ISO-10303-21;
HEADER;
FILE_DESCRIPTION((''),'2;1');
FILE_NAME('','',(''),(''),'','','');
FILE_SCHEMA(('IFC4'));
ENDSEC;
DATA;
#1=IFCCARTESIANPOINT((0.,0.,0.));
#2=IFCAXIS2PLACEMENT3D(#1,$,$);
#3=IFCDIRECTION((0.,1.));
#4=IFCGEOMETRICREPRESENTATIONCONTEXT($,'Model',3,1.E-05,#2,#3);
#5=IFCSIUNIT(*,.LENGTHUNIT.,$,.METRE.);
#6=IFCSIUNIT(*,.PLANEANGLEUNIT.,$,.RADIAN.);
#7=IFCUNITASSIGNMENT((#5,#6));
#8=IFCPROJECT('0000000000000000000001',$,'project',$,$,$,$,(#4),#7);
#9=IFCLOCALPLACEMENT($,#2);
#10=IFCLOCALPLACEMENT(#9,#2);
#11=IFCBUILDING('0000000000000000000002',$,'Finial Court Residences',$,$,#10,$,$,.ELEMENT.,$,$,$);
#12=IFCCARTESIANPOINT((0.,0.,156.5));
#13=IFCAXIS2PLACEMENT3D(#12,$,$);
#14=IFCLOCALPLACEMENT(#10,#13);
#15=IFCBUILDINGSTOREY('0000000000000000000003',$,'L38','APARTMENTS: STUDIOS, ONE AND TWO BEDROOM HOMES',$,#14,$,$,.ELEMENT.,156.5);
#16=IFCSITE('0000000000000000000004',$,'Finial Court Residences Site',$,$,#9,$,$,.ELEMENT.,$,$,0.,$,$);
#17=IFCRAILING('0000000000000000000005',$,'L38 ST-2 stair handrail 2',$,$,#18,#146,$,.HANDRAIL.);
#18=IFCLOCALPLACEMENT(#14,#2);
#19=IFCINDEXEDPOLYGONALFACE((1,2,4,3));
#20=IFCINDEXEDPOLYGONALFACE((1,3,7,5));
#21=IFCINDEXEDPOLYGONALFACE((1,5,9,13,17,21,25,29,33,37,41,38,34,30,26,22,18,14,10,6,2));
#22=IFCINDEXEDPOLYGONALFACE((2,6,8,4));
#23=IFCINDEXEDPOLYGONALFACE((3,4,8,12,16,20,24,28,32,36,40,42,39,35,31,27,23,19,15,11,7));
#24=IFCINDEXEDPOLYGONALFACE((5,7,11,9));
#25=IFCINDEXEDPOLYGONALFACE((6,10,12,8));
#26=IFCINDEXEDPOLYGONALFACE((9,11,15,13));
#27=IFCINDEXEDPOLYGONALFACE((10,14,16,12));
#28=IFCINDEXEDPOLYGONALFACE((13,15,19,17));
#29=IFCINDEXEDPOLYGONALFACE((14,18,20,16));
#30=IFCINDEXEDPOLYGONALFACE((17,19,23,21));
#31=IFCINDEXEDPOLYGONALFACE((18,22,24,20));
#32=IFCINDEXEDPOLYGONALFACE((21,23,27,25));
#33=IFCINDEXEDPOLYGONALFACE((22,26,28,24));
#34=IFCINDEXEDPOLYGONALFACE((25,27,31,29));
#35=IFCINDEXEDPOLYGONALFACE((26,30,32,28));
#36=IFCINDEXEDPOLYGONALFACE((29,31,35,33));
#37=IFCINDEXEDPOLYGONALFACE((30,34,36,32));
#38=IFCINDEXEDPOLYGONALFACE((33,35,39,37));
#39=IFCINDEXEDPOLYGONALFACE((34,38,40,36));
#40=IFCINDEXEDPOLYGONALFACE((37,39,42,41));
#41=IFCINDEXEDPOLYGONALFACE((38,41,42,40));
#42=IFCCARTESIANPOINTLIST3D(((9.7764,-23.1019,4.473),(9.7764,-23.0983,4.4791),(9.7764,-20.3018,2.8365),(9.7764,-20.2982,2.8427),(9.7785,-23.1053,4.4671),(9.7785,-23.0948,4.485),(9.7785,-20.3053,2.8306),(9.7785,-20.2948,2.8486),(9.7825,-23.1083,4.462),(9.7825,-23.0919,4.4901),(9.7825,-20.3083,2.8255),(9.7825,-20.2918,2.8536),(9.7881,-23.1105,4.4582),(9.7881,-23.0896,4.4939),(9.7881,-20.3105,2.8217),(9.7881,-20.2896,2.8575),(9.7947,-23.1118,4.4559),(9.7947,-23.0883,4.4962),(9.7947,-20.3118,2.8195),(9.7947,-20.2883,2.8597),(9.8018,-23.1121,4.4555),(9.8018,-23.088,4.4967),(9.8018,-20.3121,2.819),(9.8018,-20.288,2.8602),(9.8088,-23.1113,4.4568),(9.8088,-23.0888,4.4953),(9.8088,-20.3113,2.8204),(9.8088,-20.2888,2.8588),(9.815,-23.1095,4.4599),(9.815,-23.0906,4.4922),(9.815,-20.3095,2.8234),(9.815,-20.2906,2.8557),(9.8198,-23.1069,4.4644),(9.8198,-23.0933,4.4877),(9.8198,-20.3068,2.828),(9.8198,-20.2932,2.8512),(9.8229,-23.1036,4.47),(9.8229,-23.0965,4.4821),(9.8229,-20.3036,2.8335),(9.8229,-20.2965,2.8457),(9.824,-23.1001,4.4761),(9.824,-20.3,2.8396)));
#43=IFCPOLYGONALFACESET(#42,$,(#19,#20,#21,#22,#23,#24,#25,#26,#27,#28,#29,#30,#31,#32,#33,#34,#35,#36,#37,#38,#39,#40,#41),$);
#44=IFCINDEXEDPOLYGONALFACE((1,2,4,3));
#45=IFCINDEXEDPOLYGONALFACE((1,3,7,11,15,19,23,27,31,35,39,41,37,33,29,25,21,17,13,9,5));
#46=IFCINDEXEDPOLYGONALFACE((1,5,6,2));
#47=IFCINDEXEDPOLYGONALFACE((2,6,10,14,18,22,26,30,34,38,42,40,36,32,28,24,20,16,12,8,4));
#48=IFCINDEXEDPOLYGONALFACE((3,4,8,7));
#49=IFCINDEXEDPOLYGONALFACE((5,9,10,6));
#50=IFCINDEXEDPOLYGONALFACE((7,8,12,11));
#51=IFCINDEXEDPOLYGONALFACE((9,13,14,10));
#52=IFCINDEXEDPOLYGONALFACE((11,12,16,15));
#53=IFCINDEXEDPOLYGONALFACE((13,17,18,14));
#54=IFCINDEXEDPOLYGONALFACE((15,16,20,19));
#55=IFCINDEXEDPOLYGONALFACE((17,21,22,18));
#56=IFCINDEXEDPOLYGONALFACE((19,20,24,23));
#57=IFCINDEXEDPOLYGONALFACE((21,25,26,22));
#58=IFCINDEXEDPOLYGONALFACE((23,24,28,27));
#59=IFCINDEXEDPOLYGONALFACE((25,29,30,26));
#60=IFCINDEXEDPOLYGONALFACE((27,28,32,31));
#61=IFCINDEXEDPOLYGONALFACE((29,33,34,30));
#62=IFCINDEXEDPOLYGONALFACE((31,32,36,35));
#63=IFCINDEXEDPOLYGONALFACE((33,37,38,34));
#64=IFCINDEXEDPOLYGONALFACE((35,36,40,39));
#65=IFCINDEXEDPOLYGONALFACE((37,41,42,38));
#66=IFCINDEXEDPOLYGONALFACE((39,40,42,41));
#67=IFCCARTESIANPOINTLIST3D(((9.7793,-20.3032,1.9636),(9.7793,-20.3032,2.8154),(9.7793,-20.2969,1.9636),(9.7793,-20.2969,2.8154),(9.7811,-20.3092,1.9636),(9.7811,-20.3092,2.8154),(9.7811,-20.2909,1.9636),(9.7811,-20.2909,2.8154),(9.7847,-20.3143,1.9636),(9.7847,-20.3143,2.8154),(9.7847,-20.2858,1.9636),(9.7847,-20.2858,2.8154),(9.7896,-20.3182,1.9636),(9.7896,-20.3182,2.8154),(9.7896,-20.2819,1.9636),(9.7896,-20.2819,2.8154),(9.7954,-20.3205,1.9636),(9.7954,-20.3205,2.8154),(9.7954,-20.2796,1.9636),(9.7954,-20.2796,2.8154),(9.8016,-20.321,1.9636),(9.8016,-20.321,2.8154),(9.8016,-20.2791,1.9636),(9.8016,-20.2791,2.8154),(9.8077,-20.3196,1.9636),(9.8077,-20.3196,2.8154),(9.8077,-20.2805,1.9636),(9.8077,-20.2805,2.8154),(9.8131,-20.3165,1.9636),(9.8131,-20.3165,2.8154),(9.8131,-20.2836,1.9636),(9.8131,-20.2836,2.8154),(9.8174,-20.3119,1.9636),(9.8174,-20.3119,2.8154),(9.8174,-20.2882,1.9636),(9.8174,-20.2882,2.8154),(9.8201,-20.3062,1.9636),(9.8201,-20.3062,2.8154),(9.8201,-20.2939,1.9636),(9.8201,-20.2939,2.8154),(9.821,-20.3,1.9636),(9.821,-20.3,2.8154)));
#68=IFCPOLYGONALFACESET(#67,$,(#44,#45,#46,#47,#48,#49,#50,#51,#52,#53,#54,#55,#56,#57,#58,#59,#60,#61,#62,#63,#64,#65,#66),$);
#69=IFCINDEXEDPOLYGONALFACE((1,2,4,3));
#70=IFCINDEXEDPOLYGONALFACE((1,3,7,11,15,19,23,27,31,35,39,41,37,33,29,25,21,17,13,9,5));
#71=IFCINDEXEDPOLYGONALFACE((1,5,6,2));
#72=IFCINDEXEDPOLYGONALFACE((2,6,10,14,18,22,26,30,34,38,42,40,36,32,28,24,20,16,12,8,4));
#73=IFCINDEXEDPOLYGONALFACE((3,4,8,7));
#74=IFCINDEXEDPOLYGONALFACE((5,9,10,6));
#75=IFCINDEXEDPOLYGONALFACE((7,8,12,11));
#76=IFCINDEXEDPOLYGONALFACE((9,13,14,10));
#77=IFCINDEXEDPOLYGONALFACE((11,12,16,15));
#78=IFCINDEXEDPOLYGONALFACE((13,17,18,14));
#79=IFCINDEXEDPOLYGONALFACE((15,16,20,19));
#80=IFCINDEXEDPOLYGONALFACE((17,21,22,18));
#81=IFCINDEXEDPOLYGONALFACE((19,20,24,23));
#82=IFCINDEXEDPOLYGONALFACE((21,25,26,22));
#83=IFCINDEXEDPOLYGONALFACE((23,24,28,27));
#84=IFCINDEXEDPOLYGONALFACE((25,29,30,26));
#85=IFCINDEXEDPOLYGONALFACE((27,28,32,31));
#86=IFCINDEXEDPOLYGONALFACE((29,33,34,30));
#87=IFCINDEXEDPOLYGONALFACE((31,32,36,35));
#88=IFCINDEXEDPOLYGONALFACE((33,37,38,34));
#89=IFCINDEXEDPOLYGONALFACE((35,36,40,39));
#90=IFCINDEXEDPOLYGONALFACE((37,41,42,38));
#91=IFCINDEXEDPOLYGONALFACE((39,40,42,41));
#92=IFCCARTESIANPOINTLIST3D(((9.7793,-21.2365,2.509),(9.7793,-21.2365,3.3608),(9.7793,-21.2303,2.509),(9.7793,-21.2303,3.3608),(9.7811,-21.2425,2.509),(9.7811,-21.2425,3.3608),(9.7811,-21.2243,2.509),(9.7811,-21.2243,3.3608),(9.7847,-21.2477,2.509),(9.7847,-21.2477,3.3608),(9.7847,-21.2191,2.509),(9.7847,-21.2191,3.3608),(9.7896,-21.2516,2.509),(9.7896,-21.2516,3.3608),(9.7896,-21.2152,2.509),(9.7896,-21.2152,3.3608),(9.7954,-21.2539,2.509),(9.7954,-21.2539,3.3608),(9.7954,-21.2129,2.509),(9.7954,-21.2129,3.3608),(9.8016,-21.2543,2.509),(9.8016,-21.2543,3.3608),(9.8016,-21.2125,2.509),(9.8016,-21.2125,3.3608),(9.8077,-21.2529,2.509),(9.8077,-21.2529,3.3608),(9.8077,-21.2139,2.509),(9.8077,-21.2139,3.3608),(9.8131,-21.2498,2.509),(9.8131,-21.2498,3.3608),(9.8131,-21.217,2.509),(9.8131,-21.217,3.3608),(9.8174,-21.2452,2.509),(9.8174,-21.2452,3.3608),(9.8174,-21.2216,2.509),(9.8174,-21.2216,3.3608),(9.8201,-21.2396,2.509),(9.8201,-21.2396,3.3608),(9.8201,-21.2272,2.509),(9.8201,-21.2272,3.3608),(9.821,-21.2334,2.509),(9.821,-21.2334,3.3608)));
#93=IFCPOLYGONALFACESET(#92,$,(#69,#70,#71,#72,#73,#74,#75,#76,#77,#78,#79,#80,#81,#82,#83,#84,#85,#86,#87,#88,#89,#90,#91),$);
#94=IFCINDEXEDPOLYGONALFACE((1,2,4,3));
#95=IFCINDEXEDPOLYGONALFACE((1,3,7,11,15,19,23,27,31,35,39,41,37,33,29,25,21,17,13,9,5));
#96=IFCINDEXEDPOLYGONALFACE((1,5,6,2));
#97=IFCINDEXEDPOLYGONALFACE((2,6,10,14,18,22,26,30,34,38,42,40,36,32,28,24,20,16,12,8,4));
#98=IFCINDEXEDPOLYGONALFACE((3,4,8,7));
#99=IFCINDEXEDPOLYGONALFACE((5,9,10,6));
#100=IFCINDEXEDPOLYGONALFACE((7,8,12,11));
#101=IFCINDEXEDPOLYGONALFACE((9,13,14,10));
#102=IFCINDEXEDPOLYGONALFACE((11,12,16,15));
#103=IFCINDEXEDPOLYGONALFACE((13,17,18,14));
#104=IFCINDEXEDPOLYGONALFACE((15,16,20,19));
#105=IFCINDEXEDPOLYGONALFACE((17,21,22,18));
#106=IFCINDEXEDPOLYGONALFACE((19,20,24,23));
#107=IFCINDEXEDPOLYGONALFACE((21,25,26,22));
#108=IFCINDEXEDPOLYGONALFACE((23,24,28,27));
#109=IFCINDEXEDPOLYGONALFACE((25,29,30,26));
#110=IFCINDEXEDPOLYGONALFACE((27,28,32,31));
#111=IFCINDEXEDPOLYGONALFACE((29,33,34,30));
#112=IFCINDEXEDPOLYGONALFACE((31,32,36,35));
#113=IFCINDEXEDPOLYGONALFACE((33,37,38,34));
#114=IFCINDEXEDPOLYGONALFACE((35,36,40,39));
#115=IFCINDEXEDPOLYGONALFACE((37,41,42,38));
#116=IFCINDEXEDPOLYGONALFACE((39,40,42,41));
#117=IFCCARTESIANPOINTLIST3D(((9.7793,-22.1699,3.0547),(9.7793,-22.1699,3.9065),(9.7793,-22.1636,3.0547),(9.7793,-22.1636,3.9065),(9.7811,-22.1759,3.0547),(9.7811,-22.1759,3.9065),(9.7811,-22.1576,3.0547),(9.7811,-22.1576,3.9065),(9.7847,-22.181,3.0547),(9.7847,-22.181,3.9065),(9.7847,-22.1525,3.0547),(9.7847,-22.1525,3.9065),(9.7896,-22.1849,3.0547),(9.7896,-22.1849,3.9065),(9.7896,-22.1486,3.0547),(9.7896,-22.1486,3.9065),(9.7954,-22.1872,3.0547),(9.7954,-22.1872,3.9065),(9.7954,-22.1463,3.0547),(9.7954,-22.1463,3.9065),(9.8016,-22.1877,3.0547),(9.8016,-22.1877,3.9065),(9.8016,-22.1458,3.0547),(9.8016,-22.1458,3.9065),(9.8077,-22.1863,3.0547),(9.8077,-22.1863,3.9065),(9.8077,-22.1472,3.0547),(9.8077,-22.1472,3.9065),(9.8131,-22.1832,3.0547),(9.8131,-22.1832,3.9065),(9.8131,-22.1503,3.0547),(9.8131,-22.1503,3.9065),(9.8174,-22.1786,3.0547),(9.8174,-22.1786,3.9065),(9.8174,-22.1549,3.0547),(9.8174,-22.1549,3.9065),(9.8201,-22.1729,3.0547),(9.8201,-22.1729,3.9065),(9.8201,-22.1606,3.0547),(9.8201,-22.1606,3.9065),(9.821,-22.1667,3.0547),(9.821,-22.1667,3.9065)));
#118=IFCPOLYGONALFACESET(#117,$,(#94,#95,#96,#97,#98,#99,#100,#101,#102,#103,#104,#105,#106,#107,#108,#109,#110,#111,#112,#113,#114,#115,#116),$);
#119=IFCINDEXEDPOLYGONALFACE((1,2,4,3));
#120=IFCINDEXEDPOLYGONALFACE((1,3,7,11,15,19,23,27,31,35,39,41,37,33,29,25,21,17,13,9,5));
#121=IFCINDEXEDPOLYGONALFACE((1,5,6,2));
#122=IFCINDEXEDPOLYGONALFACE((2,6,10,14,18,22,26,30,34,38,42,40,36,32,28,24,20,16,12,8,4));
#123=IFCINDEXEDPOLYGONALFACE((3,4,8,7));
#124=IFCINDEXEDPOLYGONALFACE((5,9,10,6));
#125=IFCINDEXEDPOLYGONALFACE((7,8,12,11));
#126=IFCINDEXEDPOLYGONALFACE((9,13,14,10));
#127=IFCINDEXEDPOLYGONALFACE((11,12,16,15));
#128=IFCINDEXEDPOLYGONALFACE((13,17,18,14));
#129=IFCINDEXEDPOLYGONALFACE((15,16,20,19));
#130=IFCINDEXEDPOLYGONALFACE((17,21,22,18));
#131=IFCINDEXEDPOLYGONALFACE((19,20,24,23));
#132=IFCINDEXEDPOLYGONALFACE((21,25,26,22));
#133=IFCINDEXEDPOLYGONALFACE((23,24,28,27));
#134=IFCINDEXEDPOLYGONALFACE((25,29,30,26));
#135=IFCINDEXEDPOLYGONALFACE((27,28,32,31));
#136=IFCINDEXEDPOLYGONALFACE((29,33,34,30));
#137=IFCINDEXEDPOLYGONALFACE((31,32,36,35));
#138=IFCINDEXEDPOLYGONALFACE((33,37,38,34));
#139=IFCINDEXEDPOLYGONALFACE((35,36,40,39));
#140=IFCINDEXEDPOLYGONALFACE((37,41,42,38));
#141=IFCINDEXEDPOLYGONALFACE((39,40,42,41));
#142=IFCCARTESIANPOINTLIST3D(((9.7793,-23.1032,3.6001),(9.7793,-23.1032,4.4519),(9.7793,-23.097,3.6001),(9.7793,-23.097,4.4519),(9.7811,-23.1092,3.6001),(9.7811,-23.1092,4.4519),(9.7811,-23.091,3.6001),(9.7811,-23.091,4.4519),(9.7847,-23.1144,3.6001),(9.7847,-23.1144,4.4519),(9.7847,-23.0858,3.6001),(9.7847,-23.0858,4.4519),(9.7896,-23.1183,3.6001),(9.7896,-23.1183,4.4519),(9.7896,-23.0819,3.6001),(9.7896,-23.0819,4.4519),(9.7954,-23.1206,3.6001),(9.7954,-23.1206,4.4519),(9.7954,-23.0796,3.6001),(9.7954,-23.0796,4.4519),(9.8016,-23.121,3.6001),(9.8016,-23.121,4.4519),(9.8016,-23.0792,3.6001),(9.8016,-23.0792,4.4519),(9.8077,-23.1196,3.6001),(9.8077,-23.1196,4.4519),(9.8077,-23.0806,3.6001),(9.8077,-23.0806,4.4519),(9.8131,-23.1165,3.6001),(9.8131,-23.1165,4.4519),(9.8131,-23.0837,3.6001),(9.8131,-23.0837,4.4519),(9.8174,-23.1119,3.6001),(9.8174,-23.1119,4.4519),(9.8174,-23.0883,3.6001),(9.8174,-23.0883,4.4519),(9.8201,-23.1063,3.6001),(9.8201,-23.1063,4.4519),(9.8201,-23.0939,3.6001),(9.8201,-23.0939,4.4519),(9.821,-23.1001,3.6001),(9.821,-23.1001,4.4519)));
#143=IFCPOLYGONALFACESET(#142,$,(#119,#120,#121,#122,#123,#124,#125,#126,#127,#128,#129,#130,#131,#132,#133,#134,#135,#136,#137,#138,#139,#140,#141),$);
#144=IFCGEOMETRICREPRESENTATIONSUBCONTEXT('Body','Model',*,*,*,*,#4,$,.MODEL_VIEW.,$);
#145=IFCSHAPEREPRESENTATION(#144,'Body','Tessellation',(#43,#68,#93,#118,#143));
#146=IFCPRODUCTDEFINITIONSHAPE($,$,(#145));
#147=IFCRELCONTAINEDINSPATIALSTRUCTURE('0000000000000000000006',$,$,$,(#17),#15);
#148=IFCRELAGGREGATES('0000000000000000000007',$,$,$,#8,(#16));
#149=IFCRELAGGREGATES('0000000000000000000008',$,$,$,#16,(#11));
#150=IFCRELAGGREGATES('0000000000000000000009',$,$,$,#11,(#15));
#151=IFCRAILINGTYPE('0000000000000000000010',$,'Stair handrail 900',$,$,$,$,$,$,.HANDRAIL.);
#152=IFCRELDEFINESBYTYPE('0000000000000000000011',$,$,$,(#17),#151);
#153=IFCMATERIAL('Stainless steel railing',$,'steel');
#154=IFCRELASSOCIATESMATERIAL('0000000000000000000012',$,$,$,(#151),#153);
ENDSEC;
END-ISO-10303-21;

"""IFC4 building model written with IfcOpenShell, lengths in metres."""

from ifc_helpers import new_model, si_unit, direction, frame, origin, origin_2d, place, context, subcontext, project, spatial, circle, extrude, material, type_object, element, save


model = new_model("IFC4")

# Units and contexts
model_context = context("Model", 3, precision=1e-05, world=origin(), true_north=direction((0.0, 1.0)))
body_context = subcontext(model_context, "Body", "Model", "MODEL_VIEW")
ifc_project = project(units=[si_unit("LENGTHUNIT", "METRE"), si_unit("PLANEANGLEUNIT", "RADIAN")], contexts=[model_context])

# Site, building, storey
site_placement = place(None, origin())
site = spatial("IfcSite", under=ifc_project, at=site_placement, Name="Finial Court Residences Site", CompositionType="ELEMENT", RefElevation=0.0)
building_placement = place(site_placement, origin())
building = spatial("IfcBuilding", under=site, at=building_placement, Name="Finial Court Residences", CompositionType="ELEMENT")
storey_placement = place(building_placement, frame((0.0, 0.0, 156.5)))
storey = spatial("IfcBuildingStorey", under=building, at=storey_placement, Name="L38", Description="APARTMENTS: STUDIOS, ONE AND TWO BEDROOM HOMES", CompositionType="ELEMENT", Elevation=156.5)

# Railing
ifc_material_1 = material(Name="Stainless steel railing", Category="steel")
railing_type_1 = type_object("IfcRailingType", Name="Stair handrail 900", PredefinedType="HANDRAIL", material=ifc_material_1)
railing_1_placement = place(storey_placement, frame((9.8, -20.3, 1.9636)))
element("IfcRailing", 1, at=railing_1_placement, inside=storey, type_object=railing_type_1, Name="L38 ST-2 stair handrail 2", PredefinedType="HANDRAIL", context=body_context, shape_type="SweptSolid", body=[
    extrude(circle(Radius=0.0239, at=origin_2d()), frame((0.0, 0.0, 0.876), z_axis=(0.0, -0.863361, 0.504587), x_axis=(1.0, 0.0, 0.0)), (0.0, 0.0, 1.0), 3.2432),
    extrude(circle(Radius=0.021, at=origin_2d()), origin(), (0.0, 0.0, 1.0), 0.8518),
    extrude(circle(Radius=0.021, at=origin_2d()), frame((0.0, -0.9333, 0.5454)), (0.0, 0.0, 1.0), 0.8518),
    extrude(circle(Radius=0.021, at=origin_2d()), frame((0.0, -1.8667, 1.0911)), (0.0, 0.0, 1.0), 0.8518),
    extrude(circle(Radius=0.021, at=origin_2d()), frame((0.0, -2.8, 1.6365)), (0.0, 0.0, 1.0), 0.8518),
])

save(model, "model.ifc")
